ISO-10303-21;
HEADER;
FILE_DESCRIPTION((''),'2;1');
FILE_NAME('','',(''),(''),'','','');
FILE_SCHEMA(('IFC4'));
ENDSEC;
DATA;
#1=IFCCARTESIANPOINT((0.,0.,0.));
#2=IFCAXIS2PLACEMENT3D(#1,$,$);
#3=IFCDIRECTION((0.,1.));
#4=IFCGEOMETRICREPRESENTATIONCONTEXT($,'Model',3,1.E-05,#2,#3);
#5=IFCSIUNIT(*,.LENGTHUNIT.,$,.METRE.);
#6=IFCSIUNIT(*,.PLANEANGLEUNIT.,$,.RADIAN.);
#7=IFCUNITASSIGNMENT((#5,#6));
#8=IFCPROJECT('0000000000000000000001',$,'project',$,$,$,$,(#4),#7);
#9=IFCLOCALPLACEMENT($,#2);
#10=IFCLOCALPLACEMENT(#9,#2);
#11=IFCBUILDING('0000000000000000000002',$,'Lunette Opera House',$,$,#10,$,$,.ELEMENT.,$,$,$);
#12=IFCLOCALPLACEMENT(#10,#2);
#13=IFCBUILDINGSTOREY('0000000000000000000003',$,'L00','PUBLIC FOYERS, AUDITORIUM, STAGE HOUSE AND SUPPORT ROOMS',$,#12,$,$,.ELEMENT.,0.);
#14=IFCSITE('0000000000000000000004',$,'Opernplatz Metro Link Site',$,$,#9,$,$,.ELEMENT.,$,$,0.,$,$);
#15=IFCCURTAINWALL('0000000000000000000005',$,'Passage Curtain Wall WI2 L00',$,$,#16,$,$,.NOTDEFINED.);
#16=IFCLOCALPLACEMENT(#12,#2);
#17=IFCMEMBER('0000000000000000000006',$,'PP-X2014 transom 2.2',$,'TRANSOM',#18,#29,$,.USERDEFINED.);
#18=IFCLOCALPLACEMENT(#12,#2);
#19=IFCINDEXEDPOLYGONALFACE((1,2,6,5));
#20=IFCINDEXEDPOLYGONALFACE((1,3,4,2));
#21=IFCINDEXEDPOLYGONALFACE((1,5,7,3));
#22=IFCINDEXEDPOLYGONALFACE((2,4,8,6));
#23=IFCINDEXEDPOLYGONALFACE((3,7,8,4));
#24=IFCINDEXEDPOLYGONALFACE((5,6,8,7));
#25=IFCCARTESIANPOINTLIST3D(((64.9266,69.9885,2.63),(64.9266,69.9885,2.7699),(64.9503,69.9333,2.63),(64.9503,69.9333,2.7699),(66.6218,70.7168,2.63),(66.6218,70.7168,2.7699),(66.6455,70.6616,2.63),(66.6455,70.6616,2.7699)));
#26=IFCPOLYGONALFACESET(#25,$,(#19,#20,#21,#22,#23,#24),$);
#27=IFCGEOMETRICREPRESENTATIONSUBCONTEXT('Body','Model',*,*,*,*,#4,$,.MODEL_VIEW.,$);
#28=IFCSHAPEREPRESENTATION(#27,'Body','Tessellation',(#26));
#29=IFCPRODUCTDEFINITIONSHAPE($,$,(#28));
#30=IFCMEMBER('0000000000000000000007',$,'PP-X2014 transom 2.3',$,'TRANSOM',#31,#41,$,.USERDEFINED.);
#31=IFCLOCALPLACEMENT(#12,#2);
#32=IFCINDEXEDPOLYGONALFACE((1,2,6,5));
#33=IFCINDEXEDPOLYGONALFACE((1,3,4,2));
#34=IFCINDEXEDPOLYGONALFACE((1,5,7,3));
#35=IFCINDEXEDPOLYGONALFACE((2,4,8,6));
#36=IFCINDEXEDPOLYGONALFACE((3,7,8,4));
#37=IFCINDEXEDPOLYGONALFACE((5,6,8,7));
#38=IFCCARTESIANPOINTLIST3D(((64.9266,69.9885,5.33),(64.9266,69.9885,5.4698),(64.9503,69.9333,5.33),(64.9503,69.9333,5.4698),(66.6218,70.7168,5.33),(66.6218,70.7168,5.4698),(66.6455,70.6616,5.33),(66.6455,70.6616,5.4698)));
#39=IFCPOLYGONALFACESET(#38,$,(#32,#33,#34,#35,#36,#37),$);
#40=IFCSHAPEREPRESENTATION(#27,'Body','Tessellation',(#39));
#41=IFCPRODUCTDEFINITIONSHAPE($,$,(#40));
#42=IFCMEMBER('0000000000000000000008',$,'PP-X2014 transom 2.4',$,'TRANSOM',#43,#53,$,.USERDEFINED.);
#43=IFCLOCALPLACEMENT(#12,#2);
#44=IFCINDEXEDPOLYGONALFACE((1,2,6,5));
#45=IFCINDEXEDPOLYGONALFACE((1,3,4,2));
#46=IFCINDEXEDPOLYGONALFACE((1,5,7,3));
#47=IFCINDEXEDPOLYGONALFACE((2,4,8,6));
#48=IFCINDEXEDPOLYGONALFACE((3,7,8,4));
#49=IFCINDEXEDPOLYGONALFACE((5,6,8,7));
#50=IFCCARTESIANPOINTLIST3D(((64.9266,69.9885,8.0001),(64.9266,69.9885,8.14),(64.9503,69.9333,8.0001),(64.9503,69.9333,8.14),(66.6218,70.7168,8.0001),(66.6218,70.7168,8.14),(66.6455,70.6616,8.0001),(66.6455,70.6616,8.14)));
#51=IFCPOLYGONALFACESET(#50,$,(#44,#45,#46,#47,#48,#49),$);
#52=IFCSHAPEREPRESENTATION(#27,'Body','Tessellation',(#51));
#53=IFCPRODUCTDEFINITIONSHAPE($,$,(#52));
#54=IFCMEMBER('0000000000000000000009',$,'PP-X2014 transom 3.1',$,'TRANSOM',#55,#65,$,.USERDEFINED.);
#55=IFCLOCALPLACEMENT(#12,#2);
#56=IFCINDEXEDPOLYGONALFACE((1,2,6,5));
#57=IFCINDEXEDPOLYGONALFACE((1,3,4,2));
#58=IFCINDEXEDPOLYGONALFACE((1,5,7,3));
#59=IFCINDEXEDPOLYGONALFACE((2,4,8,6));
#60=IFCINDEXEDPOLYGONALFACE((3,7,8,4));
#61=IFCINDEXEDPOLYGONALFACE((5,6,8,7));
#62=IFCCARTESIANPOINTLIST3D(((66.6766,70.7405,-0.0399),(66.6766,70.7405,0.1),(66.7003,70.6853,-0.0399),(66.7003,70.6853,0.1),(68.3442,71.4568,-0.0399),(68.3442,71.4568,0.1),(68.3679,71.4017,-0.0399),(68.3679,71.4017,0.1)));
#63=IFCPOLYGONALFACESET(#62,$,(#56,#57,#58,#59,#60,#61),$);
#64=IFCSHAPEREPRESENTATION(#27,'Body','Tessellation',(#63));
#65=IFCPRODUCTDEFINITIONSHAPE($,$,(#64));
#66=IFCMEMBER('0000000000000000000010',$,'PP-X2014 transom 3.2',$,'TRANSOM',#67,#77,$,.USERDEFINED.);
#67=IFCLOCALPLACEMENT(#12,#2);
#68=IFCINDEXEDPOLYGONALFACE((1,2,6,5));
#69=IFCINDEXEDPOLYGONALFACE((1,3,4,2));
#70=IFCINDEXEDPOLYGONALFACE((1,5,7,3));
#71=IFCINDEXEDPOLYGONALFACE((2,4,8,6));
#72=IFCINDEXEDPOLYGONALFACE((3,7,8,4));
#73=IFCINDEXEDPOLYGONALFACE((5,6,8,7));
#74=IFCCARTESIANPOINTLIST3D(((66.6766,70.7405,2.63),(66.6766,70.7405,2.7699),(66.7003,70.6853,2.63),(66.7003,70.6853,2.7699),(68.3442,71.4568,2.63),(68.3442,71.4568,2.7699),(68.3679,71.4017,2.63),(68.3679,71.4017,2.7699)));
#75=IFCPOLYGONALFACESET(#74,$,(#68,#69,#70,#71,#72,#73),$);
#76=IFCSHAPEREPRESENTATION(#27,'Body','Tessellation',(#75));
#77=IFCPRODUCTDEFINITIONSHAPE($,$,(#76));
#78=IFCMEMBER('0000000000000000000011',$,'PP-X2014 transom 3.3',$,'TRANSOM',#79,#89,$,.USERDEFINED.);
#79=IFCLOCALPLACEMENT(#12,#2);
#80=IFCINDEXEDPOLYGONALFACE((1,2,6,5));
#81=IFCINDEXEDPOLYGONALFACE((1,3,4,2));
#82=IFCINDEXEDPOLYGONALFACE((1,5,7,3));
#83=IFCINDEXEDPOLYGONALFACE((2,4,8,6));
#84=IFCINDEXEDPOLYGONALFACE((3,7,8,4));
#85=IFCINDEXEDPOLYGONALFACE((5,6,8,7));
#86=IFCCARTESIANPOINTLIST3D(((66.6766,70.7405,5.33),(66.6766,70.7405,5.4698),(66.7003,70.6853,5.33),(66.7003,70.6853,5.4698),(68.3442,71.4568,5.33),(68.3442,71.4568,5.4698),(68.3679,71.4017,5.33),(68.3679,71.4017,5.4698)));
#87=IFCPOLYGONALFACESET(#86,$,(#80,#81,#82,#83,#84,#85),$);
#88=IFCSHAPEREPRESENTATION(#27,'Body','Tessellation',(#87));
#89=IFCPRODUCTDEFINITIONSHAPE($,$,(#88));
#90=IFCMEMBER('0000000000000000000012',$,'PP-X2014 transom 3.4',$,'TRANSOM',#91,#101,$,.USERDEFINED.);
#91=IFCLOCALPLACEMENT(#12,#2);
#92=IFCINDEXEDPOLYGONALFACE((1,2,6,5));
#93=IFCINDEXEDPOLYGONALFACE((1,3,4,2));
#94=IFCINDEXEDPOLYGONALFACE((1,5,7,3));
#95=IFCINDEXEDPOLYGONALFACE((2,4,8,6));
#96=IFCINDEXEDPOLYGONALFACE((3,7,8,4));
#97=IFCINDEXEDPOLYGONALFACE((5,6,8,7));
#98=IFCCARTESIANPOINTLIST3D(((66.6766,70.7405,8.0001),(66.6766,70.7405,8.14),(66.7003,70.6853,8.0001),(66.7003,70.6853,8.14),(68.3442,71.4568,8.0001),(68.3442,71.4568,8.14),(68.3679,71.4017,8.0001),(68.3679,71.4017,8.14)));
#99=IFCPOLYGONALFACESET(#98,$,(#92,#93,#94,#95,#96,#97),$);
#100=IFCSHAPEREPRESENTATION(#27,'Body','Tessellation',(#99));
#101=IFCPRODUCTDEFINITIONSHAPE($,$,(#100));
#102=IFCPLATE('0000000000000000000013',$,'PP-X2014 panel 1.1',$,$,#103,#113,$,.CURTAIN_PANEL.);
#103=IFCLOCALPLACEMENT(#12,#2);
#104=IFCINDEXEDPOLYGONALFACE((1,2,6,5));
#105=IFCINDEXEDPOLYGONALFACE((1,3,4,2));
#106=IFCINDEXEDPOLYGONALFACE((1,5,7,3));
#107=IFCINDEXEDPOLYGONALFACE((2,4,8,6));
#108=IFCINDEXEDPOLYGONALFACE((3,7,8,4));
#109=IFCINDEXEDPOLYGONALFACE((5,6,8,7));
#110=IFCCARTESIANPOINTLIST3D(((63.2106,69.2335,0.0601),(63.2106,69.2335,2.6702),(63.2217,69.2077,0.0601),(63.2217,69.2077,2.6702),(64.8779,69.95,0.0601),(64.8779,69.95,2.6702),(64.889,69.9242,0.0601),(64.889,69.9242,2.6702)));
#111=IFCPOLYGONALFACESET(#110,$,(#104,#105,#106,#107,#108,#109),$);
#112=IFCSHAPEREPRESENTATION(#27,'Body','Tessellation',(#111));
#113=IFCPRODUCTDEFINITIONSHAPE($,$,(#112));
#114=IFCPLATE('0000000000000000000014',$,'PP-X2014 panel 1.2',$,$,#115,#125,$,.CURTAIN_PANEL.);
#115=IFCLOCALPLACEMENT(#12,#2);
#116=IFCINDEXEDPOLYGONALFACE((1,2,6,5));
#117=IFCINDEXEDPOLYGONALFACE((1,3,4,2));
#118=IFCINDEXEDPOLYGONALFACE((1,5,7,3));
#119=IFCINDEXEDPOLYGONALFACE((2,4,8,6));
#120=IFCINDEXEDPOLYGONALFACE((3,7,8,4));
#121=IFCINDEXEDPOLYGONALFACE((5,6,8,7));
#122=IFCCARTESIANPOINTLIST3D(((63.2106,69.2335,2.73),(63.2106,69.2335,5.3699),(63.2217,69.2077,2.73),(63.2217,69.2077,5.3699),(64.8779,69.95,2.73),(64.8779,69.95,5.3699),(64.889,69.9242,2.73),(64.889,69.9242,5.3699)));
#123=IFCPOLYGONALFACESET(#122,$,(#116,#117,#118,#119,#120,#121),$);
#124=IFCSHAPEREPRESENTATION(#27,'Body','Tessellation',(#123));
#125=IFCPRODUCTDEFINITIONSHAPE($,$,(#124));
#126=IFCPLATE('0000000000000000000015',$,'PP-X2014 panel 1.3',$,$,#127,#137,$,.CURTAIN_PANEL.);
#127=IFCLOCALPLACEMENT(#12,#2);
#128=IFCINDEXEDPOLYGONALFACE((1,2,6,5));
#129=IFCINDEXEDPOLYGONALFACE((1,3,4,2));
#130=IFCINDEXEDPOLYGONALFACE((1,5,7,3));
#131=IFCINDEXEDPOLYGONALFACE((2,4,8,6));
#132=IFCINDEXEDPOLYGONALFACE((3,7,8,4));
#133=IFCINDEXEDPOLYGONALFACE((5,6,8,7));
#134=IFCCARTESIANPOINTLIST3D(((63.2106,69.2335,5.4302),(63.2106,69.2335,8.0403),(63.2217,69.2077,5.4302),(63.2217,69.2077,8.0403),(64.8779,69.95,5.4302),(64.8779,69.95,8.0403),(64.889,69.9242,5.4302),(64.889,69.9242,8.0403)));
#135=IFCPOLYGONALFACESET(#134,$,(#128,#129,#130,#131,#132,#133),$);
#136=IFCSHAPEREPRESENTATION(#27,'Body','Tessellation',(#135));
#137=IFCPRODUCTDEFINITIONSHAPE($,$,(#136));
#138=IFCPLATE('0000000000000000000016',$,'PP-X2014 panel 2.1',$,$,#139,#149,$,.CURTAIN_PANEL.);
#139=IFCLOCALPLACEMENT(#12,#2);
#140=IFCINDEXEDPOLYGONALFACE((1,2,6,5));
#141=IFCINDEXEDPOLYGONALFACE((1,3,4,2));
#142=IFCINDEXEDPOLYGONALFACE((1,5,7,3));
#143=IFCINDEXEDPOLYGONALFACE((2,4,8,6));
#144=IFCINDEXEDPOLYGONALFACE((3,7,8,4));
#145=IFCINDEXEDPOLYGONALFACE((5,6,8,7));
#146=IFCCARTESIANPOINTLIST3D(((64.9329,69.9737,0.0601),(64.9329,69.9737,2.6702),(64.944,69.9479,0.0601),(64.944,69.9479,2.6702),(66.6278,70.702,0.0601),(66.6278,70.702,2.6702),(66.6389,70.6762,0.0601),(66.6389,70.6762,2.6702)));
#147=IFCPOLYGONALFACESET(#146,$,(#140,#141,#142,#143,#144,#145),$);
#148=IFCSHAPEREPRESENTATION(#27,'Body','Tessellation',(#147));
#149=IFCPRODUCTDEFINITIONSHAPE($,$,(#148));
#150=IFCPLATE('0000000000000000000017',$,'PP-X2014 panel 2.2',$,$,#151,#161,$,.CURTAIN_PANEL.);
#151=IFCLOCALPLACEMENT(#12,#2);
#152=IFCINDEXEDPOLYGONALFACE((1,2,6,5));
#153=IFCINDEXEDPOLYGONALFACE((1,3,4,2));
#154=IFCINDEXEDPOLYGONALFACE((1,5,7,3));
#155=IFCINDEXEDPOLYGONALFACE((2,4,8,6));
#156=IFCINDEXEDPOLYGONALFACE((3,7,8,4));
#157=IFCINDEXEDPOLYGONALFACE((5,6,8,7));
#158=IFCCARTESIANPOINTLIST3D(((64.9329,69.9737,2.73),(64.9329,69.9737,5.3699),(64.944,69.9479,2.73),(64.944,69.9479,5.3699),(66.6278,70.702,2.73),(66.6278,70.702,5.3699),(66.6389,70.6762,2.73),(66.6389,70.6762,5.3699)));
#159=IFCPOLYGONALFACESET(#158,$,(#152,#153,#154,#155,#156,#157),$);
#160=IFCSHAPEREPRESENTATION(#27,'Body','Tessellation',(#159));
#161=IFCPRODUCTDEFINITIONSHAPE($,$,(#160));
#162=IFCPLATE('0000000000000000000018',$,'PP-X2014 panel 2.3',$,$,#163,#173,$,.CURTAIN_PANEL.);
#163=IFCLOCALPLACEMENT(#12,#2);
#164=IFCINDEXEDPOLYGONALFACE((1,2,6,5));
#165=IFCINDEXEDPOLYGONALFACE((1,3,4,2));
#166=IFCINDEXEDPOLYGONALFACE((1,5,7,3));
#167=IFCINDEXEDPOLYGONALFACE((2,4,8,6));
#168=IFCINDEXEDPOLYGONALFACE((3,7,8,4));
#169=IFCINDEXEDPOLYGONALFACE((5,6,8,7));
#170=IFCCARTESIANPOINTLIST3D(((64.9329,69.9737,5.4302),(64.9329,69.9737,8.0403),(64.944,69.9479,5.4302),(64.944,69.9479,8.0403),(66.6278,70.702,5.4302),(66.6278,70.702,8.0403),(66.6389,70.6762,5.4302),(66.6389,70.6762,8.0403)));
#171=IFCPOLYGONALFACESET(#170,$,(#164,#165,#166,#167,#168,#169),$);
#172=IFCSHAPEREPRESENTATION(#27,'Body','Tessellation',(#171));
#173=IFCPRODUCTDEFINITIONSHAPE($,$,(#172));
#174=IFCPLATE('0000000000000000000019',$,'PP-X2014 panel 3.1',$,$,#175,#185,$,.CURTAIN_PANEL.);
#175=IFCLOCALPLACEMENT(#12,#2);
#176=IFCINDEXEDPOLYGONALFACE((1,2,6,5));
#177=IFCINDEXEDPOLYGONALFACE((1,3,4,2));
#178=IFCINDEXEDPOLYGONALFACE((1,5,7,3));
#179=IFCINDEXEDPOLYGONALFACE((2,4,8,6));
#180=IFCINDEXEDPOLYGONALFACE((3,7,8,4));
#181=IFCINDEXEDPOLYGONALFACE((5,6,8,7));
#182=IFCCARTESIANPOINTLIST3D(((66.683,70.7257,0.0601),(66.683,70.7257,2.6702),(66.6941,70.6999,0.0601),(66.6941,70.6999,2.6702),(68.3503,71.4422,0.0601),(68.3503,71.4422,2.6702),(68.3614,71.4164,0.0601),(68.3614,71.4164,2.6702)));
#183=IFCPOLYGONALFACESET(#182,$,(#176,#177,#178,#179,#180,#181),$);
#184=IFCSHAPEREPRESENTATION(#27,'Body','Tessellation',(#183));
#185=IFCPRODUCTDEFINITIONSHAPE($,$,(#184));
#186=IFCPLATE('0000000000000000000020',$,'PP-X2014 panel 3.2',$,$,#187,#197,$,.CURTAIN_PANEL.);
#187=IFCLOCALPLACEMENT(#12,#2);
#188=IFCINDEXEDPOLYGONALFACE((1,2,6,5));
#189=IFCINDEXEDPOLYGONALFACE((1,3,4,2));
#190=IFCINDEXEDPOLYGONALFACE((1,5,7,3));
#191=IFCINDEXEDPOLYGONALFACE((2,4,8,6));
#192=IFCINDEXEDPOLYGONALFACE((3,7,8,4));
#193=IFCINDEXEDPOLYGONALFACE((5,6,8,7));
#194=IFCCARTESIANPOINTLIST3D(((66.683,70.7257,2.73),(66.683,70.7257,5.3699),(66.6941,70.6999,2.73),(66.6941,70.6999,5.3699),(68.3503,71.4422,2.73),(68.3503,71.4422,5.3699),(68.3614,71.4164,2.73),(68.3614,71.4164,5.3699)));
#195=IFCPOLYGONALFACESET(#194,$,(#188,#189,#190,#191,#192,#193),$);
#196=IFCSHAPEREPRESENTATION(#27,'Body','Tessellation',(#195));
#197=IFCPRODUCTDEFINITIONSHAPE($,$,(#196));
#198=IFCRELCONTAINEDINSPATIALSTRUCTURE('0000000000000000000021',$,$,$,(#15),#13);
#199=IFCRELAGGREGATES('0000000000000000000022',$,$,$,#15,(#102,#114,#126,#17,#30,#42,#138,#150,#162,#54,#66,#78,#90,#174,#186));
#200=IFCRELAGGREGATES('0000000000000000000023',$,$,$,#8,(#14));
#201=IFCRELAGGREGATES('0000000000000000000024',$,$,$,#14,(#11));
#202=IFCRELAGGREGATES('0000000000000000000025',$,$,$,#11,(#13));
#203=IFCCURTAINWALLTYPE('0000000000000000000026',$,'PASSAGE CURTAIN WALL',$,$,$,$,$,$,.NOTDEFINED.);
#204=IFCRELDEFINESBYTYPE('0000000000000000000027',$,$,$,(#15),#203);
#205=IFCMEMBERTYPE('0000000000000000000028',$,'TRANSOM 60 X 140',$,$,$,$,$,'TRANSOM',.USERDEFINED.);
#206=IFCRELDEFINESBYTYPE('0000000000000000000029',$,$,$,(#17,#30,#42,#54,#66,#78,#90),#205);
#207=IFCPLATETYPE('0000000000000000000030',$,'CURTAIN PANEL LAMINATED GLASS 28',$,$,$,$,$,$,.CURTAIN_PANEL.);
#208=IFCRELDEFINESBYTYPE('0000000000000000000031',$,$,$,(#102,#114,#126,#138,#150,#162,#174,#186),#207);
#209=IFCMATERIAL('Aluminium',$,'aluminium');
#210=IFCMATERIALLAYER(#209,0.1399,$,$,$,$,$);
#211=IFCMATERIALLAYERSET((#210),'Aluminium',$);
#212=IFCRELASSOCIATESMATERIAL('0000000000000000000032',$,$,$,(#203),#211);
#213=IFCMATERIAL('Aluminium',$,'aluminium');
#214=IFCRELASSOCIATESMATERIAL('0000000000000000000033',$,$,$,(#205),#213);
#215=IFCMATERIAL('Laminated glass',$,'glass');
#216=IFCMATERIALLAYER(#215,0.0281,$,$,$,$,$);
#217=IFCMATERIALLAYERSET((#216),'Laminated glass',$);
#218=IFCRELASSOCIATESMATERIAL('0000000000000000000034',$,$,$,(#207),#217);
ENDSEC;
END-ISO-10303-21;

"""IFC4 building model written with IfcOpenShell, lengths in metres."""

from ifc_helpers import new_model, si_unit, direction, frame, origin, origin_2d, place, context, subcontext, project, spatial, rectangle, extrude, material, layer, layer_set, material_profile, profile_set, type_object, element, aggregate, save


model = new_model("IFC4")

# Units and contexts
model_context = context("Model", 3, precision=1e-05, world=origin(), true_north=direction((0.0, 1.0)))
body_context = subcontext(model_context, "Body", "Model", "MODEL_VIEW")
ifc_project = project(units=[si_unit("LENGTHUNIT", "METRE"), si_unit("PLANEANGLEUNIT", "RADIAN")], contexts=[model_context])

# Site, building, storey
site_placement = place(None, origin())
site = spatial("IfcSite", under=ifc_project, at=site_placement, Name="Opernplatz Metro Link Site", CompositionType="ELEMENT", RefElevation=0.0)
building_placement = place(site_placement, origin())
building = spatial("IfcBuilding", under=site, at=building_placement, Name="Lunette Opera House", CompositionType="ELEMENT")
storey_placement = place(building_placement, origin())
storey = spatial("IfcBuildingStorey", under=building, at=storey_placement, Name="L00", Description="PUBLIC FOYERS, AUDITORIUM, STAGE HOUSE AND SUPPORT ROOMS", CompositionType="ELEMENT", Elevation=0.0)

# Curtain wall
ifc_material_1 = material(Name="Aluminium", Category="aluminium")
ifc_layer_1 = layer(ifc_material_1, 0.1399)
ifc_layer_set_1 = layer_set([ifc_layer_1], Name="Aluminium")
curtain_wall_type = type_object("IfcCurtainWallType", Name="PASSAGE CURTAIN WALL", PredefinedType="NOTDEFINED", material=ifc_layer_set_1)
curtain_wall_placement = place(storey_placement, origin())
curtain_wall = element("IfcCurtainWall", 1, at=curtain_wall_placement, inside=storey, type_object=curtain_wall_type, Name="Passage Curtain Wall WI2 L00", PredefinedType="NOTDEFINED")

# Members
ifc_material_2 = material(Name="Aluminium", Category="aluminium")
ifc_material_profile_1 = material_profile(ifc_material_2, rectangle(XDim=0.0601, YDim=0.1399, at=origin_2d()), Name="TRANSOM 60 X 140")
ifc_profile_set_1 = profile_set([ifc_material_profile_1], Name="Aluminium")
member_type_1 = type_object("IfcMemberType", Name="TRANSOM 60 X 140", ElementType="TRANSOM", PredefinedType="USERDEFINED", material=ifc_profile_set_1)
member_1_placement = place(storey_placement, frame((64.9385, 69.9609, 2.7), z_axis=(0.918789, 0.39475, 0.0), x_axis=(-0.39475, 0.918789, 0.0)))
member_1 = element("IfcMember", 2, at=member_1_placement, type_object=member_type_1, Name="PP-X2014 transom 2.2", ObjectType="TRANSOM", PredefinedType="USERDEFINED", context=body_context, shape_type="SweptSolid", body=[
    extrude(rectangle(XDim=0.0601, YDim=0.1399, at=origin_2d()), origin(), (0.0, 0.0, 1.0), 1.845),
])
member_2_placement = place(storey_placement, frame((64.9385, 69.9609, 5.3999), z_axis=(0.918789, 0.39475, 0.0), x_axis=(-0.39475, 0.918789, 0.0)))
member_2 = element("IfcMember", 3, at=member_2_placement, type_object=member_type_1, Name="PP-X2014 transom 2.3", ObjectType="TRANSOM", PredefinedType="USERDEFINED", context=body_context, shape_type="SweptSolid", body=[
    extrude(rectangle(XDim=0.0601, YDim=0.1399, at=origin_2d()), origin(), (0.0, 0.0, 1.0), 1.845),
])
member_3_placement = place(storey_placement, frame((64.9385, 69.9609, 8.0701), z_axis=(0.918789, 0.39475, 0.0), x_axis=(-0.39475, 0.918789, 0.0)))
member_3 = element("IfcMember", 4, at=member_3_placement, type_object=member_type_1, Name="PP-X2014 transom 2.4", ObjectType="TRANSOM", PredefinedType="USERDEFINED", context=body_context, shape_type="SweptSolid", body=[
    extrude(rectangle(XDim=0.0601, YDim=0.1399, at=origin_2d()), origin(), (0.0, 0.0, 1.0), 1.845),
])
member_4_placement = place(storey_placement, frame((66.6885, 70.7129, 0.03), z_axis=(0.918811, 0.394698, 0.0), x_axis=(-0.394698, 0.918811, 0.0)))
member_4 = element("IfcMember", 5, at=member_4_placement, type_object=member_type_1, Name="PP-X2014 transom 3.1", ObjectType="TRANSOM", PredefinedType="USERDEFINED", context=body_context, shape_type="SweptSolid", body=[
    extrude(rectangle(XDim=0.0601, YDim=0.1399, at=origin_2d()), origin(), (0.0, 0.0, 1.0), 1.8149),
])
member_5_placement = place(storey_placement, frame((66.6885, 70.7129, 2.7), z_axis=(0.918811, 0.394698, 0.0), x_axis=(-0.394698, 0.918811, 0.0)))
member_5 = element("IfcMember", 6, at=member_5_placement, type_object=member_type_1, Name="PP-X2014 transom 3.2", ObjectType="TRANSOM", PredefinedType="USERDEFINED", context=body_context, shape_type="SweptSolid", body=[
    extrude(rectangle(XDim=0.0601, YDim=0.1399, at=origin_2d()), origin(), (0.0, 0.0, 1.0), 1.8149),
])
member_6_placement = place(storey_placement, frame((66.6885, 70.7129, 5.3999), z_axis=(0.918811, 0.394698, 0.0), x_axis=(-0.394698, 0.918811, 0.0)))
member_6 = element("IfcMember", 7, at=member_6_placement, type_object=member_type_1, Name="PP-X2014 transom 3.3", ObjectType="TRANSOM", PredefinedType="USERDEFINED", context=body_context, shape_type="SweptSolid", body=[
    extrude(rectangle(XDim=0.0601, YDim=0.1399, at=origin_2d()), origin(), (0.0, 0.0, 1.0), 1.8149),
])
member_7_placement = place(storey_placement, frame((66.6885, 70.7129, 8.0701), z_axis=(0.918811, 0.394698, 0.0), x_axis=(-0.394698, 0.918811, 0.0)))
member_7 = element("IfcMember", 8, at=member_7_placement, type_object=member_type_1, Name="PP-X2014 transom 3.4", ObjectType="TRANSOM", PredefinedType="USERDEFINED", context=body_context, shape_type="SweptSolid", body=[
    extrude(rectangle(XDim=0.0601, YDim=0.1399, at=origin_2d()), origin(), (0.0, 0.0, 1.0), 1.8149),
])

# Plates
ifc_material_3 = material(Name="Laminated glass", Category="glass")
ifc_layer_2 = layer(ifc_material_3, 0.0281)
ifc_layer_set_2 = layer_set([ifc_layer_2], Name="Laminated glass")
plate_type_1 = type_object("IfcPlateType", Name="CURTAIN PANEL LAMINATED GLASS 28", PredefinedType="CURTAIN_PANEL", material=ifc_layer_set_2)
plate_1_placement = place(storey_placement, frame((64.0498, 69.5789, 0.0601), z_axis=(0.0, 0.0, 1.0), x_axis=(0.918764, 0.394806, 0.0)))
plate_1 = element("IfcPlate", 9, at=plate_1_placement, type_object=plate_type_1, Name="PP-X2014 panel 1.1", PredefinedType="CURTAIN_PANEL", context=body_context, shape_type="SweptSolid", body=[
    extrude(rectangle(XDim=1.8147, YDim=0.0281, at=origin_2d()), origin(), (0.0, 0.0, 1.0), 2.6101),
])
plate_2_placement = place(storey_placement, frame((64.0498, 69.5789, 2.73), z_axis=(0.0, 0.0, 1.0), x_axis=(0.918764, 0.394806, 0.0)))
plate_2 = element("IfcPlate", 10, at=plate_2_placement, type_object=plate_type_1, Name="PP-X2014 panel 1.2", PredefinedType="CURTAIN_PANEL", context=body_context, shape_type="SweptSolid", body=[
    extrude(rectangle(XDim=1.8147, YDim=0.0281, at=origin_2d()), origin(), (0.0, 0.0, 1.0), 2.6399),
])
plate_3_placement = place(storey_placement, frame((64.0498, 69.5789, 5.4302), z_axis=(0.0, 0.0, 1.0), x_axis=(0.918764, 0.394806, 0.0)))
plate_3 = element("IfcPlate", 11, at=plate_3_placement, type_object=plate_type_1, Name="PP-X2014 panel 1.3", PredefinedType="CURTAIN_PANEL", context=body_context, shape_type="SweptSolid", body=[
    extrude(rectangle(XDim=1.8147, YDim=0.0281, at=origin_2d()), origin(), (0.0, 0.0, 1.0), 2.6101),
])
plate_4_placement = place(storey_placement, frame((65.7859, 70.325, 0.0601), z_axis=(0.0, 0.0, 1.0), x_axis=(0.918764, 0.394806, 0.0)))
plate_4 = element("IfcPlate", 12, at=plate_4_placement, type_object=plate_type_1, Name="PP-X2014 panel 2.1", PredefinedType="CURTAIN_PANEL", context=body_context, shape_type="SweptSolid", body=[
    extrude(rectangle(XDim=1.8447, YDim=0.0281, at=origin_2d()), origin(), (0.0, 0.0, 1.0), 2.6101),
])
plate_5_placement = place(storey_placement, frame((65.7859, 70.325, 2.73), z_axis=(0.0, 0.0, 1.0), x_axis=(0.918764, 0.394806, 0.0)))
plate_5 = element("IfcPlate", 13, at=plate_5_placement, type_object=plate_type_1, Name="PP-X2014 panel 2.2", PredefinedType="CURTAIN_PANEL", context=body_context, shape_type="SweptSolid", body=[
    extrude(rectangle(XDim=1.8447, YDim=0.0281, at=origin_2d()), origin(), (0.0, 0.0, 1.0), 2.6399),
])
plate_6_placement = place(storey_placement, frame((65.7859, 70.325, 5.4302), z_axis=(0.0, 0.0, 1.0), x_axis=(0.918764, 0.394806, 0.0)))
plate_6 = element("IfcPlate", 14, at=plate_6_placement, type_object=plate_type_1, Name="PP-X2014 panel 2.3", PredefinedType="CURTAIN_PANEL", context=body_context, shape_type="SweptSolid", body=[
    extrude(rectangle(XDim=1.8447, YDim=0.0281, at=origin_2d()), origin(), (0.0, 0.0, 1.0), 2.6101),
])
plate_7_placement = place(storey_placement, frame((67.5222, 71.071, 0.0601), z_axis=(0.0, 0.0, 1.0), x_axis=(0.918764, 0.394806, 0.0)))
plate_7 = element("IfcPlate", 15, at=plate_7_placement, type_object=plate_type_1, Name="PP-X2014 panel 3.1", PredefinedType="CURTAIN_PANEL", context=body_context, shape_type="SweptSolid", body=[
    extrude(rectangle(XDim=1.8147, YDim=0.0281, at=origin_2d()), origin(), (0.0, 0.0, 1.0), 2.6101),
])
plate_8_placement = place(storey_placement, frame((67.5222, 71.071, 2.73), z_axis=(0.0, 0.0, 1.0), x_axis=(0.918764, 0.394806, 0.0)))
plate_8 = element("IfcPlate", 16, at=plate_8_placement, type_object=plate_type_1, Name="PP-X2014 panel 3.2", PredefinedType="CURTAIN_PANEL", context=body_context, shape_type="SweptSolid", body=[
    extrude(rectangle(XDim=1.8147, YDim=0.0281, at=origin_2d()), origin(), (0.0, 0.0, 1.0), 2.6399),
])
aggregate(curtain_wall, [plate_1, plate_2, plate_3, member_1, member_2, member_3, plate_4, plate_5, plate_6, member_4, member_5, member_6, member_7, plate_7, plate_8])

save(model, "model.ifc")
